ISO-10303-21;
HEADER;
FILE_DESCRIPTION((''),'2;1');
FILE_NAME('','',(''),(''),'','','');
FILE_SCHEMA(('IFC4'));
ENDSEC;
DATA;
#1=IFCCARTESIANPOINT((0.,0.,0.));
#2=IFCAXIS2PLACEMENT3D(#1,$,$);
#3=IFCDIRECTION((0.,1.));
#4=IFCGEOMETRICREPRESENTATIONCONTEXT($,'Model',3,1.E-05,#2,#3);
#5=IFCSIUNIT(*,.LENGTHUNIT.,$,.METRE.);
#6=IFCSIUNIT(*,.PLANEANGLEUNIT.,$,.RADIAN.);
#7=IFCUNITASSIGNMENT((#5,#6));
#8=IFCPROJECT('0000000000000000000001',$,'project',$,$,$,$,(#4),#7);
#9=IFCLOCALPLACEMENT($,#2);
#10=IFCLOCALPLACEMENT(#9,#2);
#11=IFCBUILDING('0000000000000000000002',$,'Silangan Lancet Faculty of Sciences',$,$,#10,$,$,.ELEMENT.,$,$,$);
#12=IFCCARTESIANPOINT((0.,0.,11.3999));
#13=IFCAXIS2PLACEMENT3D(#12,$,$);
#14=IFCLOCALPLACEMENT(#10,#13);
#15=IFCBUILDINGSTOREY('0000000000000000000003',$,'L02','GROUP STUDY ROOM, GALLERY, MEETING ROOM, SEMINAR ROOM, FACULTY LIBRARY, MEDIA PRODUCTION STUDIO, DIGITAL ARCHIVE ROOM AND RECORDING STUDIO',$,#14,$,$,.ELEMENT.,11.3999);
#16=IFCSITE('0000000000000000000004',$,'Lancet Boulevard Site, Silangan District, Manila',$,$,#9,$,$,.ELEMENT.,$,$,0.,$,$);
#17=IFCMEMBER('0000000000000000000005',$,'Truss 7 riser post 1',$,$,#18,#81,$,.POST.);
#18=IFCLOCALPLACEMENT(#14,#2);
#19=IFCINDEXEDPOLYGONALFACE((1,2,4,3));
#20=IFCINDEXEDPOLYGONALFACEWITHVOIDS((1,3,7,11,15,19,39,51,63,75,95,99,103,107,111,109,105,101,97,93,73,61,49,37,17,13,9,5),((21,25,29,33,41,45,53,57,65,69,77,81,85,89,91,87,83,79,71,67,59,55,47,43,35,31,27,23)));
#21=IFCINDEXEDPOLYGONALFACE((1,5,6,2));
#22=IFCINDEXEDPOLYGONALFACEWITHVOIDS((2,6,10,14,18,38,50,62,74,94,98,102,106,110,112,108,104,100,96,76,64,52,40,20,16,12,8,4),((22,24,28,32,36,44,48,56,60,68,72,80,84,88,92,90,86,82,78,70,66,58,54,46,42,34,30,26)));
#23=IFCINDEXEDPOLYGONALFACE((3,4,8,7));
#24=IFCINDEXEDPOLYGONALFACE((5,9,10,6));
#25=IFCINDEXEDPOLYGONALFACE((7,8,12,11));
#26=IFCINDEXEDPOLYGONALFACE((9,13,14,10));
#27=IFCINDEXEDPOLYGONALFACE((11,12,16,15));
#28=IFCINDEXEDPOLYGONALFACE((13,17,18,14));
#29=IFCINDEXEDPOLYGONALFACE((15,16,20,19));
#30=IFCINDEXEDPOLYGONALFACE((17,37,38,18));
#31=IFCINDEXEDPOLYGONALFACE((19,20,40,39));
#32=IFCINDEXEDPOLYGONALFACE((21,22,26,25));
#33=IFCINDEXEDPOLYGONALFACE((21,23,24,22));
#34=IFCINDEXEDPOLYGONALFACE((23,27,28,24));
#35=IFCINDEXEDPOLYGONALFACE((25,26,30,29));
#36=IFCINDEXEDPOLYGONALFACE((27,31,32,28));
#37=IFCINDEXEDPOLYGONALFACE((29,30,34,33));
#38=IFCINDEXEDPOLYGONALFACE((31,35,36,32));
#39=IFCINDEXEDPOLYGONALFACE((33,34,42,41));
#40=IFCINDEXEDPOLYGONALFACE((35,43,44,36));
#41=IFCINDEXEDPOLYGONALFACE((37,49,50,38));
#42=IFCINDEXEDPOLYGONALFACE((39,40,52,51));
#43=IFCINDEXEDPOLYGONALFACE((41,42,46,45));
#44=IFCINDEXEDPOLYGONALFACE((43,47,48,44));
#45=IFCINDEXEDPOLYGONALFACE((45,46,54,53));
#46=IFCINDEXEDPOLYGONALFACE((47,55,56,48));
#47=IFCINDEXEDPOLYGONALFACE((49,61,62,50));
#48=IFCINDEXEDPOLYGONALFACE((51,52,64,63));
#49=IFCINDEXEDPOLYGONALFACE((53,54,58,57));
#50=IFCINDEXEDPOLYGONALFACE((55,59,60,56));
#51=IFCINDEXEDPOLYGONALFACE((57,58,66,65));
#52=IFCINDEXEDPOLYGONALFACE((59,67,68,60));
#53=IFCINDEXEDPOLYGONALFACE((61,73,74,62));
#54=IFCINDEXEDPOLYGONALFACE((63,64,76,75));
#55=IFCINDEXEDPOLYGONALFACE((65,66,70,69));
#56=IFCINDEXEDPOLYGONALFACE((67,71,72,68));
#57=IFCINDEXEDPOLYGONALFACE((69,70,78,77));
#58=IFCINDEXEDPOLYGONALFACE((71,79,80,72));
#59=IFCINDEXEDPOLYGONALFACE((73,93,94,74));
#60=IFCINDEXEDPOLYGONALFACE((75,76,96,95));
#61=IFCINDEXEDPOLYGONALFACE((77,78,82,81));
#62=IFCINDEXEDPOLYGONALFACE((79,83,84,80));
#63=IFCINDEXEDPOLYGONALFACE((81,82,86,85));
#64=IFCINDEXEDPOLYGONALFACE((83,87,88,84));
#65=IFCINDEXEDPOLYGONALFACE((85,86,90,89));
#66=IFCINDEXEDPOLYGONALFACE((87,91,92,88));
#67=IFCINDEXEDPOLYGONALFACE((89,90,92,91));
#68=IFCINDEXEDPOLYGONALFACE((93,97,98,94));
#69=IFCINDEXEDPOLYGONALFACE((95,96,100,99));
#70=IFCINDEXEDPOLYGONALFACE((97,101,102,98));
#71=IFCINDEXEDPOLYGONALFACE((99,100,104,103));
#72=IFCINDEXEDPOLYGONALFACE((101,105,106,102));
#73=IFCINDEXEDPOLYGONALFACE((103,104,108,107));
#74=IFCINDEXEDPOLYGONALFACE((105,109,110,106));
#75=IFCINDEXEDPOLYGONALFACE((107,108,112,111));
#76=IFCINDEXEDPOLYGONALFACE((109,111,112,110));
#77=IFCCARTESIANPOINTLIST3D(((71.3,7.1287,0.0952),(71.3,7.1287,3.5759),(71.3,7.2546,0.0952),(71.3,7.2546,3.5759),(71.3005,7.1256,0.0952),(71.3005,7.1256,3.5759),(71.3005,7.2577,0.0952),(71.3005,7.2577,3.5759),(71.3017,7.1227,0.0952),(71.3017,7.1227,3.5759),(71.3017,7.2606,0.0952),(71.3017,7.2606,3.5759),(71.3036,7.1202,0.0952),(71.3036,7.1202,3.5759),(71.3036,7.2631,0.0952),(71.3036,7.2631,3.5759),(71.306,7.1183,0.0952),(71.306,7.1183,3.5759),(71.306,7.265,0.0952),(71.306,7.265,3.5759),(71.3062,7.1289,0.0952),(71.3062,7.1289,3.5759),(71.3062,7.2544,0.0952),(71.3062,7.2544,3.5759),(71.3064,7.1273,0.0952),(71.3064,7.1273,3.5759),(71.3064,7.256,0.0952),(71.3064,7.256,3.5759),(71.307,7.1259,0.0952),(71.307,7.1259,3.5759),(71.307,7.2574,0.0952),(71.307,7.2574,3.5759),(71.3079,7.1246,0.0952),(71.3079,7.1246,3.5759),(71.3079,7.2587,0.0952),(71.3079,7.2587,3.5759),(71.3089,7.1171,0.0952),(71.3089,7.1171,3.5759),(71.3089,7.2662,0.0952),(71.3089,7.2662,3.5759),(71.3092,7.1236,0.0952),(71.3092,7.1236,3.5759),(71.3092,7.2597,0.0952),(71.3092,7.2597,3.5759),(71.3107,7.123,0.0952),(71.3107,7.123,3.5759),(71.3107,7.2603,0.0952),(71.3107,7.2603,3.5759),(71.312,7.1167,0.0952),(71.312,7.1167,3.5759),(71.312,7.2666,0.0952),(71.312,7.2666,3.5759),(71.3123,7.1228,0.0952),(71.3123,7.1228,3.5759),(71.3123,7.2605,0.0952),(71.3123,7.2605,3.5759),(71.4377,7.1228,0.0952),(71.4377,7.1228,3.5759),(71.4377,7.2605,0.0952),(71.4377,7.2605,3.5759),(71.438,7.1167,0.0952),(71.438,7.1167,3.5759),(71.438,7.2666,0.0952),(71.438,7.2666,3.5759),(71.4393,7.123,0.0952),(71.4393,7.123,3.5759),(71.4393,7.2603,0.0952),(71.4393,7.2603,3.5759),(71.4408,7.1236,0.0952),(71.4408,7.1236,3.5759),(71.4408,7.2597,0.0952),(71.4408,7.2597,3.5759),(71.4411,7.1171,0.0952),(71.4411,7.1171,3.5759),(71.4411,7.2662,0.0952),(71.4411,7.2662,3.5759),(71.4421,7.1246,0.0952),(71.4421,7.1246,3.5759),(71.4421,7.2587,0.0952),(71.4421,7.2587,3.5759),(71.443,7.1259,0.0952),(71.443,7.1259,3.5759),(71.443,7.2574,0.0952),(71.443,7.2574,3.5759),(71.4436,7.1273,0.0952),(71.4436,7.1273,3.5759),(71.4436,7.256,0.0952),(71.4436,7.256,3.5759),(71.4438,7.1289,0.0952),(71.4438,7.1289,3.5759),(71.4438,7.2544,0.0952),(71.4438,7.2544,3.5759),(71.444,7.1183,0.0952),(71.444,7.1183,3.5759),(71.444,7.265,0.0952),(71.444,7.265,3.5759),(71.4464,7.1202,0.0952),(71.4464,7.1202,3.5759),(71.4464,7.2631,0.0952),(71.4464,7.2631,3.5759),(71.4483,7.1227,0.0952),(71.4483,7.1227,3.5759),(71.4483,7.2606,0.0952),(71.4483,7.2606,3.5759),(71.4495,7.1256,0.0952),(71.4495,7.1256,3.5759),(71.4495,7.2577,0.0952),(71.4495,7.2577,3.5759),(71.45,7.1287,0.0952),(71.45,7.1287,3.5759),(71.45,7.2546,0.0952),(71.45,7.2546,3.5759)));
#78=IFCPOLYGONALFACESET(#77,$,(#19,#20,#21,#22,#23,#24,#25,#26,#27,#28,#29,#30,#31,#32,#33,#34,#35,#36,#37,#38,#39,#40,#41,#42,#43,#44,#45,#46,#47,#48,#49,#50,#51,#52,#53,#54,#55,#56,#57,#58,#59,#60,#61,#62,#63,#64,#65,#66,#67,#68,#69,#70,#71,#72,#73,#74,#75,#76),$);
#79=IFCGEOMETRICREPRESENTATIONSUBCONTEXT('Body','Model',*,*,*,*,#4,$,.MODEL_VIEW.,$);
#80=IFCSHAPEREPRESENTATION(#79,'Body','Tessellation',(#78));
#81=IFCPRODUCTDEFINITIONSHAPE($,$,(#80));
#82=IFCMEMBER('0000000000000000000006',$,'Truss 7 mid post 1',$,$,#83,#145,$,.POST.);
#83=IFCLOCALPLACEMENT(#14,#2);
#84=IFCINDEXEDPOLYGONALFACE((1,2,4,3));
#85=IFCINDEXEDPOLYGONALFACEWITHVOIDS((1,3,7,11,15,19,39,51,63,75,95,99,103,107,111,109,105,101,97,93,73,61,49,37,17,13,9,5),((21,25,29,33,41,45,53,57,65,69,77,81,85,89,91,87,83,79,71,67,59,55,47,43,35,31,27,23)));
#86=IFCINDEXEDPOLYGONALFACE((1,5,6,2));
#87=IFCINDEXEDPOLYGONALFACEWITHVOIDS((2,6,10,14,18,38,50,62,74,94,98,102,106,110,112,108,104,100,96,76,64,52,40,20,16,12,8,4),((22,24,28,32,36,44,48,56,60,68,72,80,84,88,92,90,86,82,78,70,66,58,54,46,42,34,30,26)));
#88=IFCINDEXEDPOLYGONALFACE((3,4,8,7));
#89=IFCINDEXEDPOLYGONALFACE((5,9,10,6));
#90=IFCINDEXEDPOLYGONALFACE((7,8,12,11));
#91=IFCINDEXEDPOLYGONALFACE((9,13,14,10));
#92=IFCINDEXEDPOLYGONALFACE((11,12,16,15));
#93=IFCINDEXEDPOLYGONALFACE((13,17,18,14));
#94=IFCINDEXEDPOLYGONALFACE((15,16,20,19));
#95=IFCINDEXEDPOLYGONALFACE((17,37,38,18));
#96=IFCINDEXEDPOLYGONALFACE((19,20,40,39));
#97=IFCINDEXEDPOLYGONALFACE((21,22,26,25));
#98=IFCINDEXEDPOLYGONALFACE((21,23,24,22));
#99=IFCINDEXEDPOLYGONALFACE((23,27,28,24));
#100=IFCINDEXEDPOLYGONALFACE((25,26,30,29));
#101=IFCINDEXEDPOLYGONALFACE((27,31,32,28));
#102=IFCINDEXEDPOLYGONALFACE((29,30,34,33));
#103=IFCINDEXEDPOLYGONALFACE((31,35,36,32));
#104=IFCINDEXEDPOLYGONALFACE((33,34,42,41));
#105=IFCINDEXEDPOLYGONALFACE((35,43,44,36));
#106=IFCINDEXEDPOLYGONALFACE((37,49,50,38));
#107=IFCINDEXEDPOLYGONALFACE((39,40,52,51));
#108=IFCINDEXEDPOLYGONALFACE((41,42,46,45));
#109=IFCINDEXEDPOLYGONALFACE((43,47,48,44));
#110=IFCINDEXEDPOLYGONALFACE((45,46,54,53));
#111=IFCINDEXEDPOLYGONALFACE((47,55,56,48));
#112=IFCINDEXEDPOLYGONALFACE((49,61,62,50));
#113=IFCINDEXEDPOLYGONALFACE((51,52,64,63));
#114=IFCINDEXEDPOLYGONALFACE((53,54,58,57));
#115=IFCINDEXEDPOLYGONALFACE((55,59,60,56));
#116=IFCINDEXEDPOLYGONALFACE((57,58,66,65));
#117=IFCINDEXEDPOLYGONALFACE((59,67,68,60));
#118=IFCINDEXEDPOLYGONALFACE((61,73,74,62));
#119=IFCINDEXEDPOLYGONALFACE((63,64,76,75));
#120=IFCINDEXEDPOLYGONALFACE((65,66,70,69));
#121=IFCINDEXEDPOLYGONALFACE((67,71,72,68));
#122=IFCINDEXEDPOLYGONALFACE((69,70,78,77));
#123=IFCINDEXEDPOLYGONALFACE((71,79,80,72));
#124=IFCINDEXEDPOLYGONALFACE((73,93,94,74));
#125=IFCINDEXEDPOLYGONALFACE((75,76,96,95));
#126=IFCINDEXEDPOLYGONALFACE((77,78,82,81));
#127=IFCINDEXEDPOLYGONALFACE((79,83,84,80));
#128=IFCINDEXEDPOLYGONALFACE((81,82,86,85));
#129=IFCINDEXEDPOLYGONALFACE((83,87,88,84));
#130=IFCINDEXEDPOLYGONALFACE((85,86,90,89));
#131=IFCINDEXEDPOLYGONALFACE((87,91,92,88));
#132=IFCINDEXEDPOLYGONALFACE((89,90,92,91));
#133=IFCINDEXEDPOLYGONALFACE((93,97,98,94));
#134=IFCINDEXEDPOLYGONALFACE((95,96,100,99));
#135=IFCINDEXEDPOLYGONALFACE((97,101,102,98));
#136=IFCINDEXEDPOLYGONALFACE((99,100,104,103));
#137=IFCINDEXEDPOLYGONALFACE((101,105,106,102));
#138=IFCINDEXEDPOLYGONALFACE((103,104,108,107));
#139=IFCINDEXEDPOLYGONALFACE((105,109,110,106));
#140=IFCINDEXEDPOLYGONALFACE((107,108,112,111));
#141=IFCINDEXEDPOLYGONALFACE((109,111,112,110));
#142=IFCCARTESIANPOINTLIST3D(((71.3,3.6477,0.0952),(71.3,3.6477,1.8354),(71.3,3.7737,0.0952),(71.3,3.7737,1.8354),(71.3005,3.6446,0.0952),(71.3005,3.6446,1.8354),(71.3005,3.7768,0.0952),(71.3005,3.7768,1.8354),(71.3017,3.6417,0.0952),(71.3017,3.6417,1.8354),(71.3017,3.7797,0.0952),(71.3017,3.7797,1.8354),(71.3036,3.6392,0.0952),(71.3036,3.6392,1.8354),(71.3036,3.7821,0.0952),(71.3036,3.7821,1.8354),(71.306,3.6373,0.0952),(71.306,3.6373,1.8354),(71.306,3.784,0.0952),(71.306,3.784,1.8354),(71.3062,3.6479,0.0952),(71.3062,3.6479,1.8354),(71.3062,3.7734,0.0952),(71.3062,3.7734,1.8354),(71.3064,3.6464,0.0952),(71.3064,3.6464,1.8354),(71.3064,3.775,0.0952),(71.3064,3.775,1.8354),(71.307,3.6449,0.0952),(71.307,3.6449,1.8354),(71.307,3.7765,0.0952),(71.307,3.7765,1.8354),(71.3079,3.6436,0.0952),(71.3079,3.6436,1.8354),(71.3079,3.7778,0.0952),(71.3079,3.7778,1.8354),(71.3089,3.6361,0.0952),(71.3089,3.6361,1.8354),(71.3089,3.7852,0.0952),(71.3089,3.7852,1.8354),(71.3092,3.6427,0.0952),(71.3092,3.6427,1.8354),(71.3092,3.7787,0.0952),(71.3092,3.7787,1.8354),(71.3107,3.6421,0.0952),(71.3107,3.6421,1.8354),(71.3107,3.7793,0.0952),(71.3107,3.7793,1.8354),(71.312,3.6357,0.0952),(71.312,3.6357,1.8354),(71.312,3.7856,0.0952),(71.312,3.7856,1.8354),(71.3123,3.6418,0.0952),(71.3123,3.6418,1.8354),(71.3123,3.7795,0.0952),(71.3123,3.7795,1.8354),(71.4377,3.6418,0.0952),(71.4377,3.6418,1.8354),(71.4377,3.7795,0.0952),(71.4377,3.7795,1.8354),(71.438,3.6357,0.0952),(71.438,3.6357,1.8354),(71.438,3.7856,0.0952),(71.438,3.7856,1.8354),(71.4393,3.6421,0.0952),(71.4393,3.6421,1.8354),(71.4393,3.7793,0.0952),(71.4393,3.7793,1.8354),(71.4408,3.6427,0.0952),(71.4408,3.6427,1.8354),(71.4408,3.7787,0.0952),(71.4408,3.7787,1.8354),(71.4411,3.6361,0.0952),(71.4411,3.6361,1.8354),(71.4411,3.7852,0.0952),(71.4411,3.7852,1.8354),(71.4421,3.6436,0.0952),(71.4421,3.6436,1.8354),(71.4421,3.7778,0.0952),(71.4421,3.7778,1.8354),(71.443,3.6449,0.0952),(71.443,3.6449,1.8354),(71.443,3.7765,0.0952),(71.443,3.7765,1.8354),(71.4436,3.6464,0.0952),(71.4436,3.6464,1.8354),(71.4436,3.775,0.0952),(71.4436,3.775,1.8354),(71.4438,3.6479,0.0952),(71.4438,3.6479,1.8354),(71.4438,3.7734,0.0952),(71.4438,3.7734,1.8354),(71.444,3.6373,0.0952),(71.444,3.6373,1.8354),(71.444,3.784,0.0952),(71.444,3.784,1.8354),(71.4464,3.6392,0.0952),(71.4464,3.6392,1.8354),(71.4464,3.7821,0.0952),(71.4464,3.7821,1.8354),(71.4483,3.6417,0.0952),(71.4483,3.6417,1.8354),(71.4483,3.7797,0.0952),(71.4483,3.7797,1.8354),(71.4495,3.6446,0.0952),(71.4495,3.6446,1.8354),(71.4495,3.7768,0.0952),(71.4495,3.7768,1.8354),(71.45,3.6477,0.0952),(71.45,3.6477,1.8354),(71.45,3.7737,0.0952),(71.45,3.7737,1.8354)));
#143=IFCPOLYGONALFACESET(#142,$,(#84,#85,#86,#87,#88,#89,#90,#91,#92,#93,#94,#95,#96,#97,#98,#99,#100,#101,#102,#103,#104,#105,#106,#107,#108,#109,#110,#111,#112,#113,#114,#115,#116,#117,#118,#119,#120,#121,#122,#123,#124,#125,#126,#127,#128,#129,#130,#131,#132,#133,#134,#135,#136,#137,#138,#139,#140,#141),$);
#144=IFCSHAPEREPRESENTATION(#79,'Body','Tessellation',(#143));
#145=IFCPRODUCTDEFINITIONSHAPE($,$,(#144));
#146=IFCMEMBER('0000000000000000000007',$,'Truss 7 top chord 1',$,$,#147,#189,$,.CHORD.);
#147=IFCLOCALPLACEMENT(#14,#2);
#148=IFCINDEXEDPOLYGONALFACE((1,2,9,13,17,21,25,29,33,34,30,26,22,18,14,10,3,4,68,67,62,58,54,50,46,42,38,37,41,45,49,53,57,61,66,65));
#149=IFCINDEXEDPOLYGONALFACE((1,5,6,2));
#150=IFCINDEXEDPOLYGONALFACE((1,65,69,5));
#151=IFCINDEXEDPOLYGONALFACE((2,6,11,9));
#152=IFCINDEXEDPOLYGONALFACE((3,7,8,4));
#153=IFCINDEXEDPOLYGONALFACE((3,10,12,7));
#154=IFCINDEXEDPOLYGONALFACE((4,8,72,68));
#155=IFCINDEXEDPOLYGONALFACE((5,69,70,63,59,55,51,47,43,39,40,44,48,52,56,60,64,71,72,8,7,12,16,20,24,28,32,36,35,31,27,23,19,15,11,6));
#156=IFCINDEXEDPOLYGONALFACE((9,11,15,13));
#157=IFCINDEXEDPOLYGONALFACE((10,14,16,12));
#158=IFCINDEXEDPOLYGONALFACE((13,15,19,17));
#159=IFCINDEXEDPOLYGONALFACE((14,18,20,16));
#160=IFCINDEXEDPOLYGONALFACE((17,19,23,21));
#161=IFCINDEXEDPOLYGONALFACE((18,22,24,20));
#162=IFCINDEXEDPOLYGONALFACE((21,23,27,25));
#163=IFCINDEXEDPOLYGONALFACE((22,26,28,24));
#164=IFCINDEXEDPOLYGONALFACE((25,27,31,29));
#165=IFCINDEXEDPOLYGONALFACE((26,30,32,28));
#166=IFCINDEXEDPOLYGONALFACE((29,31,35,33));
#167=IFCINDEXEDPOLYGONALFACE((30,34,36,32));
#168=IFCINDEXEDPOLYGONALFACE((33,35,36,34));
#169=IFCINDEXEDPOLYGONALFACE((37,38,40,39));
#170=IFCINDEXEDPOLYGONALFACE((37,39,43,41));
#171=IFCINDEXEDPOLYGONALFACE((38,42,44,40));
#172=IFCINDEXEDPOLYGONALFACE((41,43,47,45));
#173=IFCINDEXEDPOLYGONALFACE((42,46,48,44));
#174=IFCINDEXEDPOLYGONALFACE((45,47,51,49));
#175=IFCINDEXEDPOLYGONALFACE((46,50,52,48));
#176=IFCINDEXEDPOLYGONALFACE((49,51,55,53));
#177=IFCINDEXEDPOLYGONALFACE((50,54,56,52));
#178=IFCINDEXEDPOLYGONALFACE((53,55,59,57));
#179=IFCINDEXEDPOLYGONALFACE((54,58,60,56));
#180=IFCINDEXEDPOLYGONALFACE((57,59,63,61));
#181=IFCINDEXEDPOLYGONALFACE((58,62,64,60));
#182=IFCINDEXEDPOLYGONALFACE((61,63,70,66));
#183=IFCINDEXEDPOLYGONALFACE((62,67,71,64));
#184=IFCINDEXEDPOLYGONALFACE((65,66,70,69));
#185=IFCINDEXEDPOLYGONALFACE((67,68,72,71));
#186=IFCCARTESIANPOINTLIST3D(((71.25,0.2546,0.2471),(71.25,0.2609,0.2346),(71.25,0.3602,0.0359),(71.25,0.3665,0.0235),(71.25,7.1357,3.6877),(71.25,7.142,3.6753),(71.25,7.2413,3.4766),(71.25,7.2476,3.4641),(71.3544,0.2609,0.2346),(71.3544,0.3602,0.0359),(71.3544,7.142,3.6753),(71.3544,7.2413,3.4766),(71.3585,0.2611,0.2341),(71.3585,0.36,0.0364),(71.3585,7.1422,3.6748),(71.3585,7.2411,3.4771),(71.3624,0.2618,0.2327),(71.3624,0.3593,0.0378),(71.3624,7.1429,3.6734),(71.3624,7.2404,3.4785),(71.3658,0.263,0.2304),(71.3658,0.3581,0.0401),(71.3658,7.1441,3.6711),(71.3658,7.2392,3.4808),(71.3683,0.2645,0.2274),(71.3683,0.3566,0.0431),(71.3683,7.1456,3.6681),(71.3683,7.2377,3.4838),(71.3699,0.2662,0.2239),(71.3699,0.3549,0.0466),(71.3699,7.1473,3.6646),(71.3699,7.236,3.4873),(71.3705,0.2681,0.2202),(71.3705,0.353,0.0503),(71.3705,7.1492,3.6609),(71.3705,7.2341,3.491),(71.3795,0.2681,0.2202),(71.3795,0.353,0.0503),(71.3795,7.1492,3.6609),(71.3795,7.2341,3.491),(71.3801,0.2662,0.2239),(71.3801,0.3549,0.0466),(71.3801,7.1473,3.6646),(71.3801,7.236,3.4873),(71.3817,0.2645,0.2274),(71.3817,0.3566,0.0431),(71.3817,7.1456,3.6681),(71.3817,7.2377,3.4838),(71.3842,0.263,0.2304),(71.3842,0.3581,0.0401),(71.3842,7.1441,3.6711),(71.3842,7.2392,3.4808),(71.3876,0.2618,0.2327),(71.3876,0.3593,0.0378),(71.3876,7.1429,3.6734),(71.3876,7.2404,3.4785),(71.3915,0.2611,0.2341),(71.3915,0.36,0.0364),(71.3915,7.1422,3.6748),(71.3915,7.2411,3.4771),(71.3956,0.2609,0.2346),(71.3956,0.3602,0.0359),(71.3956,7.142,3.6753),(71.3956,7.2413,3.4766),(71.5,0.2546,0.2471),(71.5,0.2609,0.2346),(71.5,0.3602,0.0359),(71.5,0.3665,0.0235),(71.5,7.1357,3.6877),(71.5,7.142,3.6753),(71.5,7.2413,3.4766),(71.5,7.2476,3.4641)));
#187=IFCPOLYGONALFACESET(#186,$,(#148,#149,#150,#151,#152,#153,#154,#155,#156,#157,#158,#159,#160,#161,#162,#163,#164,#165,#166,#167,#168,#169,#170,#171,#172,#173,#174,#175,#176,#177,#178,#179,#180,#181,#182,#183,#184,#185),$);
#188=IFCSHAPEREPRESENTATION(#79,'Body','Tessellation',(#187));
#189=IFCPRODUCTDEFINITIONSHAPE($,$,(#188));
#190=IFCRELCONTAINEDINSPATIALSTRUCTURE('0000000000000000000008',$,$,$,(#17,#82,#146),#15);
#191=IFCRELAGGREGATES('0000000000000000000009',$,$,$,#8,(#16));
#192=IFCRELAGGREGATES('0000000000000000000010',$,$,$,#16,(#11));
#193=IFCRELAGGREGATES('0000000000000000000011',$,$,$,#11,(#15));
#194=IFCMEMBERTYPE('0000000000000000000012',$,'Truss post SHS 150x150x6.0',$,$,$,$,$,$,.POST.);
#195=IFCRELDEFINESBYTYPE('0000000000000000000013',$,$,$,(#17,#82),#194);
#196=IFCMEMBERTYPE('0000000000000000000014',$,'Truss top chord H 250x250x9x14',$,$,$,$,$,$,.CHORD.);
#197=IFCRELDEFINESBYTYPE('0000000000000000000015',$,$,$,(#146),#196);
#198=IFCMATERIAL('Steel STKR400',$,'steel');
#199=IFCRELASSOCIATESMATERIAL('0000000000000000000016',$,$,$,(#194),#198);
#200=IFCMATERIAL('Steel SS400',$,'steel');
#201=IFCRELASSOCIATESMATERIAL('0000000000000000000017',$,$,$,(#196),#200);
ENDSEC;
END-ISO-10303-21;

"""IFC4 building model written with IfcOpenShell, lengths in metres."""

from ifc_helpers import new_model, si_unit, direction, frame, origin, origin_2d, place, context, subcontext, project, spatial, hollow_rectangle, i_section, extrude, material, material_profile, profile_set, type_object, element, save


model = new_model("IFC4")

# Units and contexts
model_context = context("Model", 3, precision=1e-05, world=origin(), true_north=direction((0.0, 1.0)))
body_context = subcontext(model_context, "Body", "Model", "MODEL_VIEW")
ifc_project = project(units=[si_unit("LENGTHUNIT", "METRE"), si_unit("PLANEANGLEUNIT", "RADIAN")], contexts=[model_context])

# Site, building, storey
site_placement = place(None, origin())
site = spatial("IfcSite", under=ifc_project, at=site_placement, Name="Lancet Boulevard Site, Silangan District, Manila", CompositionType="ELEMENT", RefElevation=0.0)
building_placement = place(site_placement, origin())
building = spatial("IfcBuilding", under=site, at=building_placement, Name="Silangan Lancet Faculty of Sciences", CompositionType="ELEMENT")
storey_placement = place(building_placement, frame((0.0, 0.0, 11.3999)))
storey = spatial("IfcBuildingStorey", under=building, at=storey_placement, Name="L02", Description="GROUP STUDY ROOM, GALLERY, MEETING ROOM, SEMINAR ROOM, FACULTY LIBRARY, MEDIA PRODUCTION STUDIO, DIGITAL ARCHIVE ROOM AND RECORDING STUDIO", CompositionType="ELEMENT", Elevation=11.3999)

# Members
ifc_material_1 = material(Name="Steel STKR400", Category="steel")
ifc_material_profile_1 = material_profile(ifc_material_1, hollow_rectangle(XDim=0.1499, YDim=0.1499, WallThickness=0.0061, InnerFilletRadius=0.0061, OuterFilletRadius=0.012, at=origin_2d()), Name="SHS 150x150x6.0")
ifc_profile_set_1 = profile_set([ifc_material_profile_1], Name="Steel STKR400")
member_type_1 = type_object("IfcMemberType", Name="Truss post SHS 150x150x6.0", PredefinedType="POST", material=ifc_profile_set_1)
member_1_placement = place(storey_placement, frame((71.375, 7.1917, 0.0952), z_axis=(0.0, 0.0, 1.0), x_axis=(1.0, 0.0, 0.0)))
element("IfcMember", 1, at=member_1_placement, inside=storey, type_object=member_type_1, Name="Truss 7 riser post 1", PredefinedType="POST", context=body_context, shape_type="SweptSolid", body=[
    extrude(hollow_rectangle(XDim=0.1499, YDim=0.1499, WallThickness=0.0061, InnerFilletRadius=0.0061, OuterFilletRadius=0.012, at=origin_2d()), origin(), (0.0, 0.0, 1.0), 3.4807),
])
member_2_placement = place(storey_placement, frame((71.375, 3.7107, 0.0952), z_axis=(0.0, 0.0, 1.0), x_axis=(1.0, 0.0, 0.0)))
element("IfcMember", 2, at=member_2_placement, inside=storey, type_object=member_type_1, Name="Truss 7 mid post 1", PredefinedType="POST", context=body_context, shape_type="SweptSolid", body=[
    extrude(hollow_rectangle(XDim=0.1499, YDim=0.1499, WallThickness=0.0061, InnerFilletRadius=0.0061, OuterFilletRadius=0.012, at=origin_2d()), origin(), (0.0, 0.0, 1.0), 1.7402),
])
ifc_material_2 = material(Name="Steel SS400", Category="steel")
ifc_material_profile_2 = material_profile(ifc_material_2, i_section(OverallWidth=0.25, OverallDepth=0.25, WebThickness=0.009, FlangeThickness=0.0139, FilletRadius=0.0161, at=origin_2d()), Name="H 250x250x9x14")
ifc_profile_set_2 = profile_set([ifc_material_profile_2], Name="Steel SS400")
member_type_2 = type_object("IfcMemberType", Name="Truss top chord H 250x250x9x14", PredefinedType="CHORD", material=ifc_profile_set_2)
for number, where, z_axis, x_axis, name in (
    (3, (71.375, 0.3105, 0.1353), (0.0, 0.894421, 0.447226), (-1.0, 0.0, 0.0), "Truss 7 top chord 1"),
):
    element("IfcMember", number, at=place(storey_placement, frame(where, z_axis=z_axis, x_axis=x_axis)), inside=storey, type_object=member_type_2, Name=name, PredefinedType="CHORD", context=body_context, shape_type="SweptSolid", body=[
        extrude(i_section(OverallWidth=0.25, OverallDepth=0.25, WebThickness=0.009, FlangeThickness=0.0139, FilletRadius=0.0161, at=origin_2d()), origin(), (0.0, 0.0, 1.0), 7.6934),
    ])

save(model, "model.ifc")
